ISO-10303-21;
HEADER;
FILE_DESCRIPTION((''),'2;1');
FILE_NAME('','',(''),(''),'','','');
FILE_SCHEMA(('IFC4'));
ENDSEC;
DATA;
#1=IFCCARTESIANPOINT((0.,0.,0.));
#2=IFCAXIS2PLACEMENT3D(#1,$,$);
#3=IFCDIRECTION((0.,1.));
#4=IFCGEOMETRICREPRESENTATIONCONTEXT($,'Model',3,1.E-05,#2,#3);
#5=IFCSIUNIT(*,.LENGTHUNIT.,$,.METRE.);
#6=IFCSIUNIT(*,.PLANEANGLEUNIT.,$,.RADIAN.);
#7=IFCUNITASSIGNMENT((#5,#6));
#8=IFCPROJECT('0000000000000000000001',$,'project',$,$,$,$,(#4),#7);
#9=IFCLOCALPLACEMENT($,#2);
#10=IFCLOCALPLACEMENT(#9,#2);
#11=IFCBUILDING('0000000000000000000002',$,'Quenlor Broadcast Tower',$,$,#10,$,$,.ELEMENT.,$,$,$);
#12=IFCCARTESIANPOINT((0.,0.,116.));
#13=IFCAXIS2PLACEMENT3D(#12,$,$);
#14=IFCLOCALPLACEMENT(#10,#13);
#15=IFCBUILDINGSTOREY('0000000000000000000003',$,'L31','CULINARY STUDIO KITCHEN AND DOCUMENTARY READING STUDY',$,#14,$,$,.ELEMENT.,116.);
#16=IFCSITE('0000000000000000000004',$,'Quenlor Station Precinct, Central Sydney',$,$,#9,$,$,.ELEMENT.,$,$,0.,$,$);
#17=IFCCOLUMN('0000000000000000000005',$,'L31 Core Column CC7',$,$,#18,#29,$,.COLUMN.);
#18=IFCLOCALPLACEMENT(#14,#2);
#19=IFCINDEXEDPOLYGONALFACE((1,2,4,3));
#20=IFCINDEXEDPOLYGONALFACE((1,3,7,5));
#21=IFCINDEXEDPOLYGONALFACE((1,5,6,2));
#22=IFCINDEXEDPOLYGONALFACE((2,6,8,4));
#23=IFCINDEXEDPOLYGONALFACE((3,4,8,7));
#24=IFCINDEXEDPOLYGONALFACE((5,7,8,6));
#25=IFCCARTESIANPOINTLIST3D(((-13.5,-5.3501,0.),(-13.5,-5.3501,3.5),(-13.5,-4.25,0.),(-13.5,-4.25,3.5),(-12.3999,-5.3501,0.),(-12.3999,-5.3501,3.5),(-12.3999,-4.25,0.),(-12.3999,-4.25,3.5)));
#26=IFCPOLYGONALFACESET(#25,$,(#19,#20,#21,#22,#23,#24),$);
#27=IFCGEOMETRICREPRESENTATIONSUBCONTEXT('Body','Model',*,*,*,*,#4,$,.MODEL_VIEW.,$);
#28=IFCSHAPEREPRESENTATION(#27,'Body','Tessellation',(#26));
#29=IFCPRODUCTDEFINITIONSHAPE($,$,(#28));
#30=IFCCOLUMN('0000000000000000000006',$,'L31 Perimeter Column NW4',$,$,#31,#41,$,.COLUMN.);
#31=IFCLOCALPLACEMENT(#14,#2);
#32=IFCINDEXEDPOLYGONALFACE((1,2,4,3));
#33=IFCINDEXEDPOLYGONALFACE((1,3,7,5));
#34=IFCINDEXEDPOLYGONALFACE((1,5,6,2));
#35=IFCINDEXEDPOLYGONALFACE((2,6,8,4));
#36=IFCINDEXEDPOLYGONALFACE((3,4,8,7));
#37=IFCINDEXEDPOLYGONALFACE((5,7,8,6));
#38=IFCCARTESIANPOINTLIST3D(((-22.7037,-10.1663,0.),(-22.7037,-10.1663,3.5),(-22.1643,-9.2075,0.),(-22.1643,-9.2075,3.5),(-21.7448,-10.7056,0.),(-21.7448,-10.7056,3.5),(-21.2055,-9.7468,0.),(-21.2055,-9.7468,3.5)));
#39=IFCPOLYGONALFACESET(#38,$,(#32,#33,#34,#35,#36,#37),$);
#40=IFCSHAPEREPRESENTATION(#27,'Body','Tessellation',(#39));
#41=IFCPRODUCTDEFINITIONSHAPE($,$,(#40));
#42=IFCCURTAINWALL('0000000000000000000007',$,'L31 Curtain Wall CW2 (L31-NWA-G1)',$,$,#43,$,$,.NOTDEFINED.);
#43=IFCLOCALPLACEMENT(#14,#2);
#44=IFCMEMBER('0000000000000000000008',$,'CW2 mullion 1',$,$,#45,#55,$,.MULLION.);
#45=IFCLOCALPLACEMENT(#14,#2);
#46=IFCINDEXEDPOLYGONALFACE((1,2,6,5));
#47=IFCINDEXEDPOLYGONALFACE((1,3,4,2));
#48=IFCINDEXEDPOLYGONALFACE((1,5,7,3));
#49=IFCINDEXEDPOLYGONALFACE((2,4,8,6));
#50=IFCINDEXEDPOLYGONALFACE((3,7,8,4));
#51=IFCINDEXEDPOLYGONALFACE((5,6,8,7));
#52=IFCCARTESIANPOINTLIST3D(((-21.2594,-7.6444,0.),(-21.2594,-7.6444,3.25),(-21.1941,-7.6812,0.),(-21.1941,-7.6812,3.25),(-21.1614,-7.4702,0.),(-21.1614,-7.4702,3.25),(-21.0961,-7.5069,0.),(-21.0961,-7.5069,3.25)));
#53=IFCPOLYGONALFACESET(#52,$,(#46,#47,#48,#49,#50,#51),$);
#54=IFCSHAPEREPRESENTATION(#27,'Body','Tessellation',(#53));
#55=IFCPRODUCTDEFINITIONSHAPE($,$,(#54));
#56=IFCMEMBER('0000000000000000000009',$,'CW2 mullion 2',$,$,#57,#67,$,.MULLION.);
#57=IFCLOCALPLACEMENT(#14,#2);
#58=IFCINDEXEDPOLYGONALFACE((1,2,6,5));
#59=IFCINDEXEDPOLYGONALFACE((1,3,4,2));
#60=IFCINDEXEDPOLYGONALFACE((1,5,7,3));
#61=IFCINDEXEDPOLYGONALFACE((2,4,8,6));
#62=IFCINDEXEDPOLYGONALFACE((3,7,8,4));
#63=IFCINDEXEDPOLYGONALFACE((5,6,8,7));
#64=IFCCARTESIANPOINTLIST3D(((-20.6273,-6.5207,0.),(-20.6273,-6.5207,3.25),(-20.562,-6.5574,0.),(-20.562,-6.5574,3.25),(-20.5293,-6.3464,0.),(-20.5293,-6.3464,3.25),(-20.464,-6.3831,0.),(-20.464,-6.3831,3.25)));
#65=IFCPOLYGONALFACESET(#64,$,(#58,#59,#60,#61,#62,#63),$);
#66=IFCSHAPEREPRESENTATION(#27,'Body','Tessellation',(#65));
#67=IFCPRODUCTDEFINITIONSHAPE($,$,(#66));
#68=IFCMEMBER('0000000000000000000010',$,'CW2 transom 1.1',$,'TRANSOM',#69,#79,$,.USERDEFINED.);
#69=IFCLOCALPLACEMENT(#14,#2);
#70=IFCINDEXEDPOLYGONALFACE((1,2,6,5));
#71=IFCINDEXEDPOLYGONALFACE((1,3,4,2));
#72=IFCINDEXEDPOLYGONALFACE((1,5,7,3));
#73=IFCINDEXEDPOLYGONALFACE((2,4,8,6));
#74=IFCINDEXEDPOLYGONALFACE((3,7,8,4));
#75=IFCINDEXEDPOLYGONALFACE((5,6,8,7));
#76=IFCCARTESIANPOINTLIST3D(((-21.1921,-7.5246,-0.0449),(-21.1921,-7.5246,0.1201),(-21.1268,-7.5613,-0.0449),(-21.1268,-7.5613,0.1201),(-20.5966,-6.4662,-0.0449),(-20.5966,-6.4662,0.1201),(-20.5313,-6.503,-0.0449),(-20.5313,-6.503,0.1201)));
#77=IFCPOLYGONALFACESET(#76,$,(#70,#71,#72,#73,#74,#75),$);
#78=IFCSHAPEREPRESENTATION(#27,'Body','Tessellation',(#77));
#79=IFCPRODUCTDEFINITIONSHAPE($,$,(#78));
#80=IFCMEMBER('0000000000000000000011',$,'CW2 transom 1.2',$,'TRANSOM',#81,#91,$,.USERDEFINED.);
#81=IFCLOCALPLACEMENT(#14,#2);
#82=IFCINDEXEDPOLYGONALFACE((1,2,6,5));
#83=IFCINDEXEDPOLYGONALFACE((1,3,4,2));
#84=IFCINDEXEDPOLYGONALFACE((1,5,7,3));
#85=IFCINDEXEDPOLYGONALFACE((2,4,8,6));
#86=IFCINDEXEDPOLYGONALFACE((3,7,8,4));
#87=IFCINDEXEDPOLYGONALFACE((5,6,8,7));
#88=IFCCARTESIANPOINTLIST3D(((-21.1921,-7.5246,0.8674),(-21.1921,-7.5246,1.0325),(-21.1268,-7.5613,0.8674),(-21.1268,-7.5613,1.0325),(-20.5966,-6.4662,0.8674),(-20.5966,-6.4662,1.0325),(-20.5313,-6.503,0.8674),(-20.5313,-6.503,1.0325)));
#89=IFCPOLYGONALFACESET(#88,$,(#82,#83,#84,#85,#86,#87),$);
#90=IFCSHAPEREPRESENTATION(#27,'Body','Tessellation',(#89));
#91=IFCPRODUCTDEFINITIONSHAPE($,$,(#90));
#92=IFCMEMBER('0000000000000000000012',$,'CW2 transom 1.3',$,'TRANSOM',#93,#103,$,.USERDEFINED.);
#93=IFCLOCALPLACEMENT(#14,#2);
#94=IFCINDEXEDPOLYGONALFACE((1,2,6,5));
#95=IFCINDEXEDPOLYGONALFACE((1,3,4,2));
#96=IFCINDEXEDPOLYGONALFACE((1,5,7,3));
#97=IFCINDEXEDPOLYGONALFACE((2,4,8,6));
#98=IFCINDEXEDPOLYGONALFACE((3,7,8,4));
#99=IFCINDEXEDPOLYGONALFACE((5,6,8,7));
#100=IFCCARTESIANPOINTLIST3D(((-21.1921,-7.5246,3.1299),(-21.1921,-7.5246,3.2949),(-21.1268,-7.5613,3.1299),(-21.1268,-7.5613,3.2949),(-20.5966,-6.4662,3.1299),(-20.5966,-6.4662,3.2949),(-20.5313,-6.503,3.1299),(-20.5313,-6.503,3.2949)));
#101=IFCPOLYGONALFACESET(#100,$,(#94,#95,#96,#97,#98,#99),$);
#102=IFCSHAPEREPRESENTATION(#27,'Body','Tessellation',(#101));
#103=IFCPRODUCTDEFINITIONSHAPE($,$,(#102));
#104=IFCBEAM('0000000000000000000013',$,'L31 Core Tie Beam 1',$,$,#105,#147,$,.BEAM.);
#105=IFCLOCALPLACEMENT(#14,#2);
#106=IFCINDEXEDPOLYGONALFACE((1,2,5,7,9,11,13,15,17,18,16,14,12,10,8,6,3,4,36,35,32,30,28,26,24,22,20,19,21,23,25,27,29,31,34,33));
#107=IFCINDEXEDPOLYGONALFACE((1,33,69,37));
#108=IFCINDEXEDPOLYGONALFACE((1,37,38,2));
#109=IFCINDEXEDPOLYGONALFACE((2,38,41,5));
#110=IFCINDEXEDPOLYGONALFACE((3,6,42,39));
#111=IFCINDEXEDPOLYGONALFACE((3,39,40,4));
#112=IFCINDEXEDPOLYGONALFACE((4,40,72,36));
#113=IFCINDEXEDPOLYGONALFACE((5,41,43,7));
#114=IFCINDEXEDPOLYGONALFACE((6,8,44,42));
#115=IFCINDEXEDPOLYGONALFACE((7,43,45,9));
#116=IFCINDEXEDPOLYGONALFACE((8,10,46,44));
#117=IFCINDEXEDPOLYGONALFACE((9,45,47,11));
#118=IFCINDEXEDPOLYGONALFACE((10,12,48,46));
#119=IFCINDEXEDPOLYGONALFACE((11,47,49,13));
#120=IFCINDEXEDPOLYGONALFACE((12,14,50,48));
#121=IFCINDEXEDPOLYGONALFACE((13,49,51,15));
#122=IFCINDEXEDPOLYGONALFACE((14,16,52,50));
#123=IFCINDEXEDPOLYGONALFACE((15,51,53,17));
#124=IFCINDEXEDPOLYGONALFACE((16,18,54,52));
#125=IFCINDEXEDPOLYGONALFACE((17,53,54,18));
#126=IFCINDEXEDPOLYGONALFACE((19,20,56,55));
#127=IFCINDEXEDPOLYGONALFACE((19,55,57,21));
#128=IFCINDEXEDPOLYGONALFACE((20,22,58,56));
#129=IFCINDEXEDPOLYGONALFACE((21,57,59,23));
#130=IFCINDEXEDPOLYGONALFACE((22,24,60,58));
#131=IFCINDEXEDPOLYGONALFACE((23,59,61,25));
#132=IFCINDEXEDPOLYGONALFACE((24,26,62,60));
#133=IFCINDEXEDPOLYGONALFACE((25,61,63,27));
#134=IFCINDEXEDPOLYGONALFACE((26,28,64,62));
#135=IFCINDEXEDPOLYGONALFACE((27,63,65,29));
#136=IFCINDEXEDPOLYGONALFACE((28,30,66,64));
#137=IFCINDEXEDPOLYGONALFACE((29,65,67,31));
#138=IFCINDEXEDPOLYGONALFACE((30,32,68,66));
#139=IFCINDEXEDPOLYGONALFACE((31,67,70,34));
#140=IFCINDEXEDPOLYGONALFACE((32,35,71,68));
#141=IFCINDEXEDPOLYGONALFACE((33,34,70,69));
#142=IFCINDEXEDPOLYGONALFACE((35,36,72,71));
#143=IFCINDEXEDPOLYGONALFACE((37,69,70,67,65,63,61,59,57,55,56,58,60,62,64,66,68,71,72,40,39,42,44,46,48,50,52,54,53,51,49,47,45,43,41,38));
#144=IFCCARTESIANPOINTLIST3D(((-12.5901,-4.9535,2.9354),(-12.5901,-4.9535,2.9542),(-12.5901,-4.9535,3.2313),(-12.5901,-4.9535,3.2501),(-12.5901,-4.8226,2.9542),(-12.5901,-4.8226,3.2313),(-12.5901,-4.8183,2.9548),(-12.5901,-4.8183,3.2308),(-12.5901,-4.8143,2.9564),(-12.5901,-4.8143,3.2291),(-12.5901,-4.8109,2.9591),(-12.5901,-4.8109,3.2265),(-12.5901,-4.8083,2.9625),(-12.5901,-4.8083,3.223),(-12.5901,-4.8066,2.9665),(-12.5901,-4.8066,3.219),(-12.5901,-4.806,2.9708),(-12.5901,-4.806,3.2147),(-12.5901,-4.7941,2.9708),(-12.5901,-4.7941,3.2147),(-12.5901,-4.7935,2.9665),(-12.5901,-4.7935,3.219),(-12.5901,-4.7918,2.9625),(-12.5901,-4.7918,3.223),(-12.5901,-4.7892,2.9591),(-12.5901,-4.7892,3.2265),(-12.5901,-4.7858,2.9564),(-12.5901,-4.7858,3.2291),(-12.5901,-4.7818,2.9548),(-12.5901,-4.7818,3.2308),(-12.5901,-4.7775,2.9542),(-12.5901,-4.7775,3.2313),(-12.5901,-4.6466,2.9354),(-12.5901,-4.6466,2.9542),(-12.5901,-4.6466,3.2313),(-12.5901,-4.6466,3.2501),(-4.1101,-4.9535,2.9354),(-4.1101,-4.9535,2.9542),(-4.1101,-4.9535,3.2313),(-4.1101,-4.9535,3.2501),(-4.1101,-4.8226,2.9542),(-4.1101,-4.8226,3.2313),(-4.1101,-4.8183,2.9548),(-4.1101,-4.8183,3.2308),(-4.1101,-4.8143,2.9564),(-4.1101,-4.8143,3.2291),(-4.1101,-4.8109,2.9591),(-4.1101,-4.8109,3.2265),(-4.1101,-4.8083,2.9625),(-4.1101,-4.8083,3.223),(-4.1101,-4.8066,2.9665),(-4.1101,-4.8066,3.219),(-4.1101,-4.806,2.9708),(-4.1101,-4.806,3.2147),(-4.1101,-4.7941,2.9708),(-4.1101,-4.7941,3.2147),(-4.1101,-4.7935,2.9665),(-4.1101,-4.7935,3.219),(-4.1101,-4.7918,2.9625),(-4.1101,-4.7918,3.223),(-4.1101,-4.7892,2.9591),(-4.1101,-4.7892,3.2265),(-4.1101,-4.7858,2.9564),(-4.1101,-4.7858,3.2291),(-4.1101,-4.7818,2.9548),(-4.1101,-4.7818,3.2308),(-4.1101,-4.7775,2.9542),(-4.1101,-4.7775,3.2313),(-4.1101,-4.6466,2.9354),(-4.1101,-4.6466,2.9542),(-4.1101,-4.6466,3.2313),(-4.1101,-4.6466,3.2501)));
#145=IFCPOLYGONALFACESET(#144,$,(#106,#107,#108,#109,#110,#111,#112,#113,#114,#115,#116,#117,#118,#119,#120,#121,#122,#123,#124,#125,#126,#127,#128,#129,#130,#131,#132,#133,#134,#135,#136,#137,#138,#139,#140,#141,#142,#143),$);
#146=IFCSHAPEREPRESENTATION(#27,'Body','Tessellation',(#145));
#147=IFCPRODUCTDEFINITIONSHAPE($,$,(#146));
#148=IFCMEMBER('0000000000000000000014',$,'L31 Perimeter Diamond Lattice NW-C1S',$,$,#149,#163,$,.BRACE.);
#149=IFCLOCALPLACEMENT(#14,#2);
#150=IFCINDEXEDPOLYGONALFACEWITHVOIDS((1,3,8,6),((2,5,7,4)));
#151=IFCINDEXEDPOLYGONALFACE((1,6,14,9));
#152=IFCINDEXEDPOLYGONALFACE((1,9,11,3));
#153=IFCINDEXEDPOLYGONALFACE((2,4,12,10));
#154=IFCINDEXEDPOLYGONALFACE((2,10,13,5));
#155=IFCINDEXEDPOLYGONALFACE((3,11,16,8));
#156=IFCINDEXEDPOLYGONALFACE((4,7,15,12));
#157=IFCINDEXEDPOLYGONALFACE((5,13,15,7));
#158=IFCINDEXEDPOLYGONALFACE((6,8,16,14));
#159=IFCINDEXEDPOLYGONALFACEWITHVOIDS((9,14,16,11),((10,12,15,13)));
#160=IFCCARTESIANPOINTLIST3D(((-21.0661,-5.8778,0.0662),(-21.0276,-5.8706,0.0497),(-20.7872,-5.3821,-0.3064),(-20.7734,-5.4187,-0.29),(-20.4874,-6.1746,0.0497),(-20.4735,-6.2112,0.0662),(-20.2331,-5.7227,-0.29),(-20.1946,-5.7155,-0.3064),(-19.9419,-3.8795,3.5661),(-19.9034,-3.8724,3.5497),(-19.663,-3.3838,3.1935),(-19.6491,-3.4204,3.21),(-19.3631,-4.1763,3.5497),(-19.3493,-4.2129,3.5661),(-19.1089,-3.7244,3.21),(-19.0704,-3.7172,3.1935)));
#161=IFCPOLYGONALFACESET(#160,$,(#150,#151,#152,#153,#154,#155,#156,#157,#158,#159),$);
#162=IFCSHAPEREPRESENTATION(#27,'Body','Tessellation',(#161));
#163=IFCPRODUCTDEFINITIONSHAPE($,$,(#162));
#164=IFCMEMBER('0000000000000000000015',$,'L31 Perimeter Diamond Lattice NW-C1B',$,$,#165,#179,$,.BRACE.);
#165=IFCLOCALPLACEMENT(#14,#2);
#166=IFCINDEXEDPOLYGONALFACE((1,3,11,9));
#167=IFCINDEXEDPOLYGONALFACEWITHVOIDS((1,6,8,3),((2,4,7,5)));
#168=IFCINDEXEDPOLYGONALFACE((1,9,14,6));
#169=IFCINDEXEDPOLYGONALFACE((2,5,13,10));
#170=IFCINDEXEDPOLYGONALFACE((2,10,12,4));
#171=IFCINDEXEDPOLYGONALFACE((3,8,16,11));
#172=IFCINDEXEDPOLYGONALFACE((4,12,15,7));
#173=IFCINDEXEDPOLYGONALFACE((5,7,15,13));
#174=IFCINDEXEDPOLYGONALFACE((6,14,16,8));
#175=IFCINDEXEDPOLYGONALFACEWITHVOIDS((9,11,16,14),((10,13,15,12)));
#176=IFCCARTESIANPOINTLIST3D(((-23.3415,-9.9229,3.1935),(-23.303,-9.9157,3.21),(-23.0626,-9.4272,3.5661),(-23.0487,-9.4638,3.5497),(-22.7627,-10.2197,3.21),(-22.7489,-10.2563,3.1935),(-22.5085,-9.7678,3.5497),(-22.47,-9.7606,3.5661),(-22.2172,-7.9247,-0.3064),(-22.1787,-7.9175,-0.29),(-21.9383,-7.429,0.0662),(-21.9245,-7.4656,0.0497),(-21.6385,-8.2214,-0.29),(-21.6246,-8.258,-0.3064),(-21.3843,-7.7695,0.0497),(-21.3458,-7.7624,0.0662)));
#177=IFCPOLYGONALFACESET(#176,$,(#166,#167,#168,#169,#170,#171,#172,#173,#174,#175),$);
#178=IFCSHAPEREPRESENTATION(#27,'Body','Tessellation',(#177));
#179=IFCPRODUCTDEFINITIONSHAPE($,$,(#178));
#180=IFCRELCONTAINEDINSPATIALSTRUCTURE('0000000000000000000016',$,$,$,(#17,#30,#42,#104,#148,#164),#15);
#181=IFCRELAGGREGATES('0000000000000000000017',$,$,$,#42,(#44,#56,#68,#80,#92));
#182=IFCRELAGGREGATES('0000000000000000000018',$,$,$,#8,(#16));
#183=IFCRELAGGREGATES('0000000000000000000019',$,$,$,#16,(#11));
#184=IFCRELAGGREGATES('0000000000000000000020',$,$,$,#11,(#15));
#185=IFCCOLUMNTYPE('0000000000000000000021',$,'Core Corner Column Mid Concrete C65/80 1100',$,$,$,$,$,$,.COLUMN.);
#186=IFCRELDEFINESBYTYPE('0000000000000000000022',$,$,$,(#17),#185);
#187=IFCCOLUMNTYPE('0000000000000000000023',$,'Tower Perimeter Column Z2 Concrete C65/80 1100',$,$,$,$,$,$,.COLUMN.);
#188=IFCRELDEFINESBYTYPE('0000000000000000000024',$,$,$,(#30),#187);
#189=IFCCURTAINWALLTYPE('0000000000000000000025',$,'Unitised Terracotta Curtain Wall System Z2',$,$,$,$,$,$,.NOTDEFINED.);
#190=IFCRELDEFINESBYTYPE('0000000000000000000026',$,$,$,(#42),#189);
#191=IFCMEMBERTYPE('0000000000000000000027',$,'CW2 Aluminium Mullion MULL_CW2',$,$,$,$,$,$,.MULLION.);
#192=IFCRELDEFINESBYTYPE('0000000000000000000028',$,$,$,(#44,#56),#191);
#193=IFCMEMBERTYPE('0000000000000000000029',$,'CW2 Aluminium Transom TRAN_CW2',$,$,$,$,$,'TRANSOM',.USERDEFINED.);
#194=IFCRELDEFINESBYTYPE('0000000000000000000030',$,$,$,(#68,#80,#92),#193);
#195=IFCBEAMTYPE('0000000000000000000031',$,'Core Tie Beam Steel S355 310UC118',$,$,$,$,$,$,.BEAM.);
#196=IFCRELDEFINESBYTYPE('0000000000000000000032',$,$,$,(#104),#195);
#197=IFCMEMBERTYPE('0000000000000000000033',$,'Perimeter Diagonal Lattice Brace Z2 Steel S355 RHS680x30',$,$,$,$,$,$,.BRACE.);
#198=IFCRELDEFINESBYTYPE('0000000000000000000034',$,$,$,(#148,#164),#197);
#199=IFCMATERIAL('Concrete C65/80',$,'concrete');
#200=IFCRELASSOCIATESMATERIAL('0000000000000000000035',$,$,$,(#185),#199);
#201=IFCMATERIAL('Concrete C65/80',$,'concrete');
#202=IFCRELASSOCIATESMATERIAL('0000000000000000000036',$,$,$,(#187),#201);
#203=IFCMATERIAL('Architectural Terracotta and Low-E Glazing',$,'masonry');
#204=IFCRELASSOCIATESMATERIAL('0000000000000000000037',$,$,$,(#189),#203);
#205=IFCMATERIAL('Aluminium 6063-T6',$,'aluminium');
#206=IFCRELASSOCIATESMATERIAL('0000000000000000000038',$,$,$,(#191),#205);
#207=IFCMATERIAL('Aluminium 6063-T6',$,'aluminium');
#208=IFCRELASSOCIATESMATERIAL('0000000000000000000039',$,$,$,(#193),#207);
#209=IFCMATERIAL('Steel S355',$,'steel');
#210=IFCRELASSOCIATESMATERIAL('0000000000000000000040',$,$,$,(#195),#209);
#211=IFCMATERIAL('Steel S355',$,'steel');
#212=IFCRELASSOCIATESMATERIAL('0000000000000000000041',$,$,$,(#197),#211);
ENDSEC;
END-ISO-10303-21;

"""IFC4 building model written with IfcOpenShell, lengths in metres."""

from ifc_helpers import new_model, si_unit, direction, frame, origin, origin_2d, place, context, subcontext, project, spatial, rectangle, hollow_rectangle, i_section, extrude, material, material_profile, profile_set, type_object, element, aggregate, save


model = new_model("IFC4")

# Units and contexts
model_context = context("Model", 3, precision=1e-05, world=origin(), true_north=direction((0.0, 1.0)))
body_context = subcontext(model_context, "Body", "Model", "MODEL_VIEW")
ifc_project = project(units=[si_unit("LENGTHUNIT", "METRE"), si_unit("PLANEANGLEUNIT", "RADIAN")], contexts=[model_context])

# Site, building, storey
site_placement = place(None, origin())
site = spatial("IfcSite", under=ifc_project, at=site_placement, Name="Quenlor Station Precinct, Central Sydney", CompositionType="ELEMENT", RefElevation=0.0)
building_placement = place(site_placement, origin())
building = spatial("IfcBuilding", under=site, at=building_placement, Name="Quenlor Broadcast Tower", CompositionType="ELEMENT")
storey_placement = place(building_placement, frame((0.0, 0.0, 116.0)))
storey = spatial("IfcBuildingStorey", under=building, at=storey_placement, Name="L31", Description="CULINARY STUDIO KITCHEN AND DOCUMENTARY READING STUDY", CompositionType="ELEMENT", Elevation=116.0)

# Columns
ifc_material_1 = material(Name="Concrete C65/80", Category="concrete")
ifc_material_profile_1 = material_profile(ifc_material_1, rectangle(XDim=1.1001, YDim=1.1001, at=origin_2d()))
ifc_profile_set_1 = profile_set([ifc_material_profile_1], Name="Concrete C65/80 RC1100x1100")
column_type_1 = type_object("IfcColumnType", Name="Core Corner Column Mid Concrete C65/80 1100", PredefinedType="COLUMN", material=ifc_profile_set_1)
column_1_placement = place(storey_placement, frame((-12.95, -4.8, 0.0), z_axis=(0.0, 0.0, 1.0), x_axis=(1.0, 0.0, 0.0)))
element("IfcColumn", 1, at=column_1_placement, inside=storey, type_object=column_type_1, Name="L31 Core Column CC7", PredefinedType="COLUMN", context=body_context, shape_type="SweptSolid", body=[
    extrude(rectangle(XDim=1.1001, YDim=1.1001, at=origin_2d()), origin(), (0.0, 0.0, 1.0), 3.5),
])
ifc_material_2 = material(Name="Concrete C65/80", Category="concrete")
ifc_material_profile_2 = material_profile(ifc_material_2, rectangle(XDim=1.1001, YDim=1.1001, at=origin_2d()))
ifc_profile_set_2 = profile_set([ifc_material_profile_2], Name="Concrete C65/80 RC1100x1100")
column_type_2 = type_object("IfcColumnType", Name="Tower Perimeter Column Z2 Concrete C65/80 1100", PredefinedType="COLUMN", material=ifc_profile_set_2)
column_2_placement = place(storey_placement, frame((-21.9546, -9.9565, 0.0), z_axis=(0.0, 0.0, 1.0), x_axis=(-0.871575, 0.490262, 0.0)))
element("IfcColumn", 2, at=column_2_placement, inside=storey, type_object=column_type_2, Name="L31 Perimeter Column NW4", PredefinedType="COLUMN", context=body_context, shape_type="SweptSolid", body=[
    extrude(rectangle(XDim=1.1001, YDim=1.1001, at=origin_2d()), origin(), (0.0, 0.0, 1.0), 3.5),
])

# Curtain wall, members
ifc_material_3 = material(Name="Architectural Terracotta and Low-E Glazing", Category="masonry")
curtain_wall_type = type_object("IfcCurtainWallType", Name="Unitised Terracotta Curtain Wall System Z2", PredefinedType="NOTDEFINED", material=ifc_material_3)
curtain_wall_placement = place(storey_placement, origin())
curtain_wall = element("IfcCurtainWall", 3, at=curtain_wall_placement, inside=storey, type_object=curtain_wall_type, Name="L31 Curtain Wall CW2 (L31-NWA-G1)", PredefinedType="NOTDEFINED")
ifc_material_4 = material(Name="Aluminium 6063-T6", Category="aluminium")
ifc_material_profile_3 = material_profile(ifc_material_4, rectangle(XDim=0.075, YDim=0.2, at=origin_2d()))
ifc_profile_set_3 = profile_set([ifc_material_profile_3], Name="Aluminium 6063-T6 MULL75x200")
member_type_1 = type_object("IfcMemberType", Name="CW2 Aluminium Mullion MULL_CW2", PredefinedType="MULLION", material=ifc_profile_set_3)
member_1_placement = place(storey_placement, frame((-21.1777, -7.5757, 0.0), z_axis=(0.0, 0.0, 1.0), x_axis=(-0.871566, 0.490279, 0.0)))
member_1 = element("IfcMember", 4, at=member_1_placement, type_object=member_type_1, Name="CW2 mullion 1", PredefinedType="MULLION", context=body_context, shape_type="SweptSolid", body=[
    extrude(rectangle(XDim=0.075, YDim=0.2, at=origin_2d()), origin(), (0.0, 0.0, 1.0), 3.25),
])
member_2_placement = place(storey_placement, frame((-20.5457, -6.4519, 0.0), z_axis=(0.0, 0.0, 1.0), x_axis=(-0.871566, 0.490279, 0.0)))
member_2 = element("IfcMember", 5, at=member_2_placement, type_object=member_type_1, Name="CW2 mullion 2", PredefinedType="MULLION", context=body_context, shape_type="SweptSolid", body=[
    extrude(rectangle(XDim=0.075, YDim=0.2, at=origin_2d()), origin(), (0.0, 0.0, 1.0), 3.25),
])
ifc_material_5 = material(Name="Aluminium 6063-T6", Category="aluminium")
ifc_material_profile_4 = material_profile(ifc_material_5, rectangle(XDim=0.075, YDim=0.165, at=origin_2d()))
ifc_profile_set_4 = profile_set([ifc_material_profile_4], Name="Aluminium 6063-T6 TRAN75x165")
member_type_2 = type_object("IfcMemberType", Name="CW2 Aluminium Transom TRAN_CW2", ElementType="TRANSOM", PredefinedType="USERDEFINED", material=ifc_profile_set_4)
member_3_placement = place(storey_placement, frame((-21.1594, -7.543, 0.0376), z_axis=(0.490347, 0.871527, 0.0), x_axis=(-0.871527, 0.490347, 0.0)))
member_3 = element("IfcMember", 6, at=member_3_placement, type_object=member_type_2, Name="CW2 transom 1.1", ObjectType="TRANSOM", PredefinedType="USERDEFINED", context=body_context, shape_type="SweptSolid", body=[
    extrude(rectangle(XDim=0.075, YDim=0.165, at=origin_2d()), origin(), (0.0, 0.0, 1.0), 1.2144),
])
member_4_placement = place(storey_placement, frame((-21.1594, -7.543, 0.95), z_axis=(0.490347, 0.871527, 0.0), x_axis=(-0.871527, 0.490347, 0.0)))
member_4 = element("IfcMember", 7, at=member_4_placement, type_object=member_type_2, Name="CW2 transom 1.2", ObjectType="TRANSOM", PredefinedType="USERDEFINED", context=body_context, shape_type="SweptSolid", body=[
    extrude(rectangle(XDim=0.075, YDim=0.165, at=origin_2d()), origin(), (0.0, 0.0, 1.0), 1.2144),
])
member_5_placement = place(storey_placement, frame((-21.1594, -7.543, 3.2124), z_axis=(0.490347, 0.871527, 0.0), x_axis=(-0.871527, 0.490347, 0.0)))
member_5 = element("IfcMember", 8, at=member_5_placement, type_object=member_type_2, Name="CW2 transom 1.3", ObjectType="TRANSOM", PredefinedType="USERDEFINED", context=body_context, shape_type="SweptSolid", body=[
    extrude(rectangle(XDim=0.075, YDim=0.165, at=origin_2d()), origin(), (0.0, 0.0, 1.0), 1.2144),
])

# Beam
ifc_material_6 = material(Name="Steel S355", Category="steel")
ifc_material_profile_5 = material_profile(ifc_material_6, i_section(OverallWidth=0.3069, OverallDepth=0.3147, WebThickness=0.012, FlangeThickness=0.0188, FilletRadius=0.0166, at=origin_2d()))
ifc_profile_set_5 = profile_set([ifc_material_profile_5], Name="Steel S355 310UC118")
beam_type_1 = type_object("IfcBeamType", Name="Core Tie Beam Steel S355 310UC118", PredefinedType="BEAM", material=ifc_profile_set_5)
beam_1_placement = place(storey_placement, frame((-12.5901, -4.8, 3.0928), z_axis=(1.0, 0.0, 0.0), x_axis=(0.0, 1.0, 0.0)))
element("IfcBeam", 9, at=beam_1_placement, inside=storey, type_object=beam_type_1, Name="L31 Core Tie Beam 1", PredefinedType="BEAM", context=body_context, shape_type="SweptSolid", body=[
    extrude(i_section(OverallWidth=0.3069, OverallDepth=0.3147, WebThickness=0.012, FlangeThickness=0.0188, FilletRadius=0.0166, at=origin_2d()), origin(), (0.0, 0.0, 1.0), 8.48),
])

# Members
ifc_material_7 = material(Name="Steel S355", Category="steel")
ifc_material_profile_6 = material_profile(ifc_material_7, hollow_rectangle(XDim=0.6799, YDim=0.6799, WallThickness=0.03, at=origin_2d()))
ifc_profile_set_6 = profile_set([ifc_material_profile_6], Name="Steel S355 RHS680x680x30")
member_type_3 = type_object("IfcMemberType", Name="Perimeter Diagonal Lattice Brace Z2 Steel S355 RHS680x30", PredefinedType="BRACE", material=ifc_profile_set_6)
for number, where, z_axis, x_axis, name in (
    (10, (-20.6304, -5.7966, -0.1201), (0.268697, 0.477585, 0.836489), (-0.871533, 0.490337, 0.0), "L31 Perimeter Diamond Lattice NW-C1S"),
    (11, (-21.7815, -7.8435, -0.1201), (-0.268697, -0.477585, 0.836489), (0.871533, -0.490337, 0.0), "L31 Perimeter Diamond Lattice NW-C1B"),
):
    element("IfcMember", number, at=place(storey_placement, frame(where, z_axis=z_axis, x_axis=x_axis)), inside=storey, type_object=member_type_3, Name=name, PredefinedType="BRACE", context=body_context, shape_type="SweptSolid", body=[
        extrude(hollow_rectangle(XDim=0.6799, YDim=0.6799, WallThickness=0.03, at=origin_2d()), origin(), (0.0, 0.0, 1.0), 4.1841),
    ])

aggregate(curtain_wall, [member_1, member_2, member_3, member_4, member_5])

save(model, "model.ifc")
